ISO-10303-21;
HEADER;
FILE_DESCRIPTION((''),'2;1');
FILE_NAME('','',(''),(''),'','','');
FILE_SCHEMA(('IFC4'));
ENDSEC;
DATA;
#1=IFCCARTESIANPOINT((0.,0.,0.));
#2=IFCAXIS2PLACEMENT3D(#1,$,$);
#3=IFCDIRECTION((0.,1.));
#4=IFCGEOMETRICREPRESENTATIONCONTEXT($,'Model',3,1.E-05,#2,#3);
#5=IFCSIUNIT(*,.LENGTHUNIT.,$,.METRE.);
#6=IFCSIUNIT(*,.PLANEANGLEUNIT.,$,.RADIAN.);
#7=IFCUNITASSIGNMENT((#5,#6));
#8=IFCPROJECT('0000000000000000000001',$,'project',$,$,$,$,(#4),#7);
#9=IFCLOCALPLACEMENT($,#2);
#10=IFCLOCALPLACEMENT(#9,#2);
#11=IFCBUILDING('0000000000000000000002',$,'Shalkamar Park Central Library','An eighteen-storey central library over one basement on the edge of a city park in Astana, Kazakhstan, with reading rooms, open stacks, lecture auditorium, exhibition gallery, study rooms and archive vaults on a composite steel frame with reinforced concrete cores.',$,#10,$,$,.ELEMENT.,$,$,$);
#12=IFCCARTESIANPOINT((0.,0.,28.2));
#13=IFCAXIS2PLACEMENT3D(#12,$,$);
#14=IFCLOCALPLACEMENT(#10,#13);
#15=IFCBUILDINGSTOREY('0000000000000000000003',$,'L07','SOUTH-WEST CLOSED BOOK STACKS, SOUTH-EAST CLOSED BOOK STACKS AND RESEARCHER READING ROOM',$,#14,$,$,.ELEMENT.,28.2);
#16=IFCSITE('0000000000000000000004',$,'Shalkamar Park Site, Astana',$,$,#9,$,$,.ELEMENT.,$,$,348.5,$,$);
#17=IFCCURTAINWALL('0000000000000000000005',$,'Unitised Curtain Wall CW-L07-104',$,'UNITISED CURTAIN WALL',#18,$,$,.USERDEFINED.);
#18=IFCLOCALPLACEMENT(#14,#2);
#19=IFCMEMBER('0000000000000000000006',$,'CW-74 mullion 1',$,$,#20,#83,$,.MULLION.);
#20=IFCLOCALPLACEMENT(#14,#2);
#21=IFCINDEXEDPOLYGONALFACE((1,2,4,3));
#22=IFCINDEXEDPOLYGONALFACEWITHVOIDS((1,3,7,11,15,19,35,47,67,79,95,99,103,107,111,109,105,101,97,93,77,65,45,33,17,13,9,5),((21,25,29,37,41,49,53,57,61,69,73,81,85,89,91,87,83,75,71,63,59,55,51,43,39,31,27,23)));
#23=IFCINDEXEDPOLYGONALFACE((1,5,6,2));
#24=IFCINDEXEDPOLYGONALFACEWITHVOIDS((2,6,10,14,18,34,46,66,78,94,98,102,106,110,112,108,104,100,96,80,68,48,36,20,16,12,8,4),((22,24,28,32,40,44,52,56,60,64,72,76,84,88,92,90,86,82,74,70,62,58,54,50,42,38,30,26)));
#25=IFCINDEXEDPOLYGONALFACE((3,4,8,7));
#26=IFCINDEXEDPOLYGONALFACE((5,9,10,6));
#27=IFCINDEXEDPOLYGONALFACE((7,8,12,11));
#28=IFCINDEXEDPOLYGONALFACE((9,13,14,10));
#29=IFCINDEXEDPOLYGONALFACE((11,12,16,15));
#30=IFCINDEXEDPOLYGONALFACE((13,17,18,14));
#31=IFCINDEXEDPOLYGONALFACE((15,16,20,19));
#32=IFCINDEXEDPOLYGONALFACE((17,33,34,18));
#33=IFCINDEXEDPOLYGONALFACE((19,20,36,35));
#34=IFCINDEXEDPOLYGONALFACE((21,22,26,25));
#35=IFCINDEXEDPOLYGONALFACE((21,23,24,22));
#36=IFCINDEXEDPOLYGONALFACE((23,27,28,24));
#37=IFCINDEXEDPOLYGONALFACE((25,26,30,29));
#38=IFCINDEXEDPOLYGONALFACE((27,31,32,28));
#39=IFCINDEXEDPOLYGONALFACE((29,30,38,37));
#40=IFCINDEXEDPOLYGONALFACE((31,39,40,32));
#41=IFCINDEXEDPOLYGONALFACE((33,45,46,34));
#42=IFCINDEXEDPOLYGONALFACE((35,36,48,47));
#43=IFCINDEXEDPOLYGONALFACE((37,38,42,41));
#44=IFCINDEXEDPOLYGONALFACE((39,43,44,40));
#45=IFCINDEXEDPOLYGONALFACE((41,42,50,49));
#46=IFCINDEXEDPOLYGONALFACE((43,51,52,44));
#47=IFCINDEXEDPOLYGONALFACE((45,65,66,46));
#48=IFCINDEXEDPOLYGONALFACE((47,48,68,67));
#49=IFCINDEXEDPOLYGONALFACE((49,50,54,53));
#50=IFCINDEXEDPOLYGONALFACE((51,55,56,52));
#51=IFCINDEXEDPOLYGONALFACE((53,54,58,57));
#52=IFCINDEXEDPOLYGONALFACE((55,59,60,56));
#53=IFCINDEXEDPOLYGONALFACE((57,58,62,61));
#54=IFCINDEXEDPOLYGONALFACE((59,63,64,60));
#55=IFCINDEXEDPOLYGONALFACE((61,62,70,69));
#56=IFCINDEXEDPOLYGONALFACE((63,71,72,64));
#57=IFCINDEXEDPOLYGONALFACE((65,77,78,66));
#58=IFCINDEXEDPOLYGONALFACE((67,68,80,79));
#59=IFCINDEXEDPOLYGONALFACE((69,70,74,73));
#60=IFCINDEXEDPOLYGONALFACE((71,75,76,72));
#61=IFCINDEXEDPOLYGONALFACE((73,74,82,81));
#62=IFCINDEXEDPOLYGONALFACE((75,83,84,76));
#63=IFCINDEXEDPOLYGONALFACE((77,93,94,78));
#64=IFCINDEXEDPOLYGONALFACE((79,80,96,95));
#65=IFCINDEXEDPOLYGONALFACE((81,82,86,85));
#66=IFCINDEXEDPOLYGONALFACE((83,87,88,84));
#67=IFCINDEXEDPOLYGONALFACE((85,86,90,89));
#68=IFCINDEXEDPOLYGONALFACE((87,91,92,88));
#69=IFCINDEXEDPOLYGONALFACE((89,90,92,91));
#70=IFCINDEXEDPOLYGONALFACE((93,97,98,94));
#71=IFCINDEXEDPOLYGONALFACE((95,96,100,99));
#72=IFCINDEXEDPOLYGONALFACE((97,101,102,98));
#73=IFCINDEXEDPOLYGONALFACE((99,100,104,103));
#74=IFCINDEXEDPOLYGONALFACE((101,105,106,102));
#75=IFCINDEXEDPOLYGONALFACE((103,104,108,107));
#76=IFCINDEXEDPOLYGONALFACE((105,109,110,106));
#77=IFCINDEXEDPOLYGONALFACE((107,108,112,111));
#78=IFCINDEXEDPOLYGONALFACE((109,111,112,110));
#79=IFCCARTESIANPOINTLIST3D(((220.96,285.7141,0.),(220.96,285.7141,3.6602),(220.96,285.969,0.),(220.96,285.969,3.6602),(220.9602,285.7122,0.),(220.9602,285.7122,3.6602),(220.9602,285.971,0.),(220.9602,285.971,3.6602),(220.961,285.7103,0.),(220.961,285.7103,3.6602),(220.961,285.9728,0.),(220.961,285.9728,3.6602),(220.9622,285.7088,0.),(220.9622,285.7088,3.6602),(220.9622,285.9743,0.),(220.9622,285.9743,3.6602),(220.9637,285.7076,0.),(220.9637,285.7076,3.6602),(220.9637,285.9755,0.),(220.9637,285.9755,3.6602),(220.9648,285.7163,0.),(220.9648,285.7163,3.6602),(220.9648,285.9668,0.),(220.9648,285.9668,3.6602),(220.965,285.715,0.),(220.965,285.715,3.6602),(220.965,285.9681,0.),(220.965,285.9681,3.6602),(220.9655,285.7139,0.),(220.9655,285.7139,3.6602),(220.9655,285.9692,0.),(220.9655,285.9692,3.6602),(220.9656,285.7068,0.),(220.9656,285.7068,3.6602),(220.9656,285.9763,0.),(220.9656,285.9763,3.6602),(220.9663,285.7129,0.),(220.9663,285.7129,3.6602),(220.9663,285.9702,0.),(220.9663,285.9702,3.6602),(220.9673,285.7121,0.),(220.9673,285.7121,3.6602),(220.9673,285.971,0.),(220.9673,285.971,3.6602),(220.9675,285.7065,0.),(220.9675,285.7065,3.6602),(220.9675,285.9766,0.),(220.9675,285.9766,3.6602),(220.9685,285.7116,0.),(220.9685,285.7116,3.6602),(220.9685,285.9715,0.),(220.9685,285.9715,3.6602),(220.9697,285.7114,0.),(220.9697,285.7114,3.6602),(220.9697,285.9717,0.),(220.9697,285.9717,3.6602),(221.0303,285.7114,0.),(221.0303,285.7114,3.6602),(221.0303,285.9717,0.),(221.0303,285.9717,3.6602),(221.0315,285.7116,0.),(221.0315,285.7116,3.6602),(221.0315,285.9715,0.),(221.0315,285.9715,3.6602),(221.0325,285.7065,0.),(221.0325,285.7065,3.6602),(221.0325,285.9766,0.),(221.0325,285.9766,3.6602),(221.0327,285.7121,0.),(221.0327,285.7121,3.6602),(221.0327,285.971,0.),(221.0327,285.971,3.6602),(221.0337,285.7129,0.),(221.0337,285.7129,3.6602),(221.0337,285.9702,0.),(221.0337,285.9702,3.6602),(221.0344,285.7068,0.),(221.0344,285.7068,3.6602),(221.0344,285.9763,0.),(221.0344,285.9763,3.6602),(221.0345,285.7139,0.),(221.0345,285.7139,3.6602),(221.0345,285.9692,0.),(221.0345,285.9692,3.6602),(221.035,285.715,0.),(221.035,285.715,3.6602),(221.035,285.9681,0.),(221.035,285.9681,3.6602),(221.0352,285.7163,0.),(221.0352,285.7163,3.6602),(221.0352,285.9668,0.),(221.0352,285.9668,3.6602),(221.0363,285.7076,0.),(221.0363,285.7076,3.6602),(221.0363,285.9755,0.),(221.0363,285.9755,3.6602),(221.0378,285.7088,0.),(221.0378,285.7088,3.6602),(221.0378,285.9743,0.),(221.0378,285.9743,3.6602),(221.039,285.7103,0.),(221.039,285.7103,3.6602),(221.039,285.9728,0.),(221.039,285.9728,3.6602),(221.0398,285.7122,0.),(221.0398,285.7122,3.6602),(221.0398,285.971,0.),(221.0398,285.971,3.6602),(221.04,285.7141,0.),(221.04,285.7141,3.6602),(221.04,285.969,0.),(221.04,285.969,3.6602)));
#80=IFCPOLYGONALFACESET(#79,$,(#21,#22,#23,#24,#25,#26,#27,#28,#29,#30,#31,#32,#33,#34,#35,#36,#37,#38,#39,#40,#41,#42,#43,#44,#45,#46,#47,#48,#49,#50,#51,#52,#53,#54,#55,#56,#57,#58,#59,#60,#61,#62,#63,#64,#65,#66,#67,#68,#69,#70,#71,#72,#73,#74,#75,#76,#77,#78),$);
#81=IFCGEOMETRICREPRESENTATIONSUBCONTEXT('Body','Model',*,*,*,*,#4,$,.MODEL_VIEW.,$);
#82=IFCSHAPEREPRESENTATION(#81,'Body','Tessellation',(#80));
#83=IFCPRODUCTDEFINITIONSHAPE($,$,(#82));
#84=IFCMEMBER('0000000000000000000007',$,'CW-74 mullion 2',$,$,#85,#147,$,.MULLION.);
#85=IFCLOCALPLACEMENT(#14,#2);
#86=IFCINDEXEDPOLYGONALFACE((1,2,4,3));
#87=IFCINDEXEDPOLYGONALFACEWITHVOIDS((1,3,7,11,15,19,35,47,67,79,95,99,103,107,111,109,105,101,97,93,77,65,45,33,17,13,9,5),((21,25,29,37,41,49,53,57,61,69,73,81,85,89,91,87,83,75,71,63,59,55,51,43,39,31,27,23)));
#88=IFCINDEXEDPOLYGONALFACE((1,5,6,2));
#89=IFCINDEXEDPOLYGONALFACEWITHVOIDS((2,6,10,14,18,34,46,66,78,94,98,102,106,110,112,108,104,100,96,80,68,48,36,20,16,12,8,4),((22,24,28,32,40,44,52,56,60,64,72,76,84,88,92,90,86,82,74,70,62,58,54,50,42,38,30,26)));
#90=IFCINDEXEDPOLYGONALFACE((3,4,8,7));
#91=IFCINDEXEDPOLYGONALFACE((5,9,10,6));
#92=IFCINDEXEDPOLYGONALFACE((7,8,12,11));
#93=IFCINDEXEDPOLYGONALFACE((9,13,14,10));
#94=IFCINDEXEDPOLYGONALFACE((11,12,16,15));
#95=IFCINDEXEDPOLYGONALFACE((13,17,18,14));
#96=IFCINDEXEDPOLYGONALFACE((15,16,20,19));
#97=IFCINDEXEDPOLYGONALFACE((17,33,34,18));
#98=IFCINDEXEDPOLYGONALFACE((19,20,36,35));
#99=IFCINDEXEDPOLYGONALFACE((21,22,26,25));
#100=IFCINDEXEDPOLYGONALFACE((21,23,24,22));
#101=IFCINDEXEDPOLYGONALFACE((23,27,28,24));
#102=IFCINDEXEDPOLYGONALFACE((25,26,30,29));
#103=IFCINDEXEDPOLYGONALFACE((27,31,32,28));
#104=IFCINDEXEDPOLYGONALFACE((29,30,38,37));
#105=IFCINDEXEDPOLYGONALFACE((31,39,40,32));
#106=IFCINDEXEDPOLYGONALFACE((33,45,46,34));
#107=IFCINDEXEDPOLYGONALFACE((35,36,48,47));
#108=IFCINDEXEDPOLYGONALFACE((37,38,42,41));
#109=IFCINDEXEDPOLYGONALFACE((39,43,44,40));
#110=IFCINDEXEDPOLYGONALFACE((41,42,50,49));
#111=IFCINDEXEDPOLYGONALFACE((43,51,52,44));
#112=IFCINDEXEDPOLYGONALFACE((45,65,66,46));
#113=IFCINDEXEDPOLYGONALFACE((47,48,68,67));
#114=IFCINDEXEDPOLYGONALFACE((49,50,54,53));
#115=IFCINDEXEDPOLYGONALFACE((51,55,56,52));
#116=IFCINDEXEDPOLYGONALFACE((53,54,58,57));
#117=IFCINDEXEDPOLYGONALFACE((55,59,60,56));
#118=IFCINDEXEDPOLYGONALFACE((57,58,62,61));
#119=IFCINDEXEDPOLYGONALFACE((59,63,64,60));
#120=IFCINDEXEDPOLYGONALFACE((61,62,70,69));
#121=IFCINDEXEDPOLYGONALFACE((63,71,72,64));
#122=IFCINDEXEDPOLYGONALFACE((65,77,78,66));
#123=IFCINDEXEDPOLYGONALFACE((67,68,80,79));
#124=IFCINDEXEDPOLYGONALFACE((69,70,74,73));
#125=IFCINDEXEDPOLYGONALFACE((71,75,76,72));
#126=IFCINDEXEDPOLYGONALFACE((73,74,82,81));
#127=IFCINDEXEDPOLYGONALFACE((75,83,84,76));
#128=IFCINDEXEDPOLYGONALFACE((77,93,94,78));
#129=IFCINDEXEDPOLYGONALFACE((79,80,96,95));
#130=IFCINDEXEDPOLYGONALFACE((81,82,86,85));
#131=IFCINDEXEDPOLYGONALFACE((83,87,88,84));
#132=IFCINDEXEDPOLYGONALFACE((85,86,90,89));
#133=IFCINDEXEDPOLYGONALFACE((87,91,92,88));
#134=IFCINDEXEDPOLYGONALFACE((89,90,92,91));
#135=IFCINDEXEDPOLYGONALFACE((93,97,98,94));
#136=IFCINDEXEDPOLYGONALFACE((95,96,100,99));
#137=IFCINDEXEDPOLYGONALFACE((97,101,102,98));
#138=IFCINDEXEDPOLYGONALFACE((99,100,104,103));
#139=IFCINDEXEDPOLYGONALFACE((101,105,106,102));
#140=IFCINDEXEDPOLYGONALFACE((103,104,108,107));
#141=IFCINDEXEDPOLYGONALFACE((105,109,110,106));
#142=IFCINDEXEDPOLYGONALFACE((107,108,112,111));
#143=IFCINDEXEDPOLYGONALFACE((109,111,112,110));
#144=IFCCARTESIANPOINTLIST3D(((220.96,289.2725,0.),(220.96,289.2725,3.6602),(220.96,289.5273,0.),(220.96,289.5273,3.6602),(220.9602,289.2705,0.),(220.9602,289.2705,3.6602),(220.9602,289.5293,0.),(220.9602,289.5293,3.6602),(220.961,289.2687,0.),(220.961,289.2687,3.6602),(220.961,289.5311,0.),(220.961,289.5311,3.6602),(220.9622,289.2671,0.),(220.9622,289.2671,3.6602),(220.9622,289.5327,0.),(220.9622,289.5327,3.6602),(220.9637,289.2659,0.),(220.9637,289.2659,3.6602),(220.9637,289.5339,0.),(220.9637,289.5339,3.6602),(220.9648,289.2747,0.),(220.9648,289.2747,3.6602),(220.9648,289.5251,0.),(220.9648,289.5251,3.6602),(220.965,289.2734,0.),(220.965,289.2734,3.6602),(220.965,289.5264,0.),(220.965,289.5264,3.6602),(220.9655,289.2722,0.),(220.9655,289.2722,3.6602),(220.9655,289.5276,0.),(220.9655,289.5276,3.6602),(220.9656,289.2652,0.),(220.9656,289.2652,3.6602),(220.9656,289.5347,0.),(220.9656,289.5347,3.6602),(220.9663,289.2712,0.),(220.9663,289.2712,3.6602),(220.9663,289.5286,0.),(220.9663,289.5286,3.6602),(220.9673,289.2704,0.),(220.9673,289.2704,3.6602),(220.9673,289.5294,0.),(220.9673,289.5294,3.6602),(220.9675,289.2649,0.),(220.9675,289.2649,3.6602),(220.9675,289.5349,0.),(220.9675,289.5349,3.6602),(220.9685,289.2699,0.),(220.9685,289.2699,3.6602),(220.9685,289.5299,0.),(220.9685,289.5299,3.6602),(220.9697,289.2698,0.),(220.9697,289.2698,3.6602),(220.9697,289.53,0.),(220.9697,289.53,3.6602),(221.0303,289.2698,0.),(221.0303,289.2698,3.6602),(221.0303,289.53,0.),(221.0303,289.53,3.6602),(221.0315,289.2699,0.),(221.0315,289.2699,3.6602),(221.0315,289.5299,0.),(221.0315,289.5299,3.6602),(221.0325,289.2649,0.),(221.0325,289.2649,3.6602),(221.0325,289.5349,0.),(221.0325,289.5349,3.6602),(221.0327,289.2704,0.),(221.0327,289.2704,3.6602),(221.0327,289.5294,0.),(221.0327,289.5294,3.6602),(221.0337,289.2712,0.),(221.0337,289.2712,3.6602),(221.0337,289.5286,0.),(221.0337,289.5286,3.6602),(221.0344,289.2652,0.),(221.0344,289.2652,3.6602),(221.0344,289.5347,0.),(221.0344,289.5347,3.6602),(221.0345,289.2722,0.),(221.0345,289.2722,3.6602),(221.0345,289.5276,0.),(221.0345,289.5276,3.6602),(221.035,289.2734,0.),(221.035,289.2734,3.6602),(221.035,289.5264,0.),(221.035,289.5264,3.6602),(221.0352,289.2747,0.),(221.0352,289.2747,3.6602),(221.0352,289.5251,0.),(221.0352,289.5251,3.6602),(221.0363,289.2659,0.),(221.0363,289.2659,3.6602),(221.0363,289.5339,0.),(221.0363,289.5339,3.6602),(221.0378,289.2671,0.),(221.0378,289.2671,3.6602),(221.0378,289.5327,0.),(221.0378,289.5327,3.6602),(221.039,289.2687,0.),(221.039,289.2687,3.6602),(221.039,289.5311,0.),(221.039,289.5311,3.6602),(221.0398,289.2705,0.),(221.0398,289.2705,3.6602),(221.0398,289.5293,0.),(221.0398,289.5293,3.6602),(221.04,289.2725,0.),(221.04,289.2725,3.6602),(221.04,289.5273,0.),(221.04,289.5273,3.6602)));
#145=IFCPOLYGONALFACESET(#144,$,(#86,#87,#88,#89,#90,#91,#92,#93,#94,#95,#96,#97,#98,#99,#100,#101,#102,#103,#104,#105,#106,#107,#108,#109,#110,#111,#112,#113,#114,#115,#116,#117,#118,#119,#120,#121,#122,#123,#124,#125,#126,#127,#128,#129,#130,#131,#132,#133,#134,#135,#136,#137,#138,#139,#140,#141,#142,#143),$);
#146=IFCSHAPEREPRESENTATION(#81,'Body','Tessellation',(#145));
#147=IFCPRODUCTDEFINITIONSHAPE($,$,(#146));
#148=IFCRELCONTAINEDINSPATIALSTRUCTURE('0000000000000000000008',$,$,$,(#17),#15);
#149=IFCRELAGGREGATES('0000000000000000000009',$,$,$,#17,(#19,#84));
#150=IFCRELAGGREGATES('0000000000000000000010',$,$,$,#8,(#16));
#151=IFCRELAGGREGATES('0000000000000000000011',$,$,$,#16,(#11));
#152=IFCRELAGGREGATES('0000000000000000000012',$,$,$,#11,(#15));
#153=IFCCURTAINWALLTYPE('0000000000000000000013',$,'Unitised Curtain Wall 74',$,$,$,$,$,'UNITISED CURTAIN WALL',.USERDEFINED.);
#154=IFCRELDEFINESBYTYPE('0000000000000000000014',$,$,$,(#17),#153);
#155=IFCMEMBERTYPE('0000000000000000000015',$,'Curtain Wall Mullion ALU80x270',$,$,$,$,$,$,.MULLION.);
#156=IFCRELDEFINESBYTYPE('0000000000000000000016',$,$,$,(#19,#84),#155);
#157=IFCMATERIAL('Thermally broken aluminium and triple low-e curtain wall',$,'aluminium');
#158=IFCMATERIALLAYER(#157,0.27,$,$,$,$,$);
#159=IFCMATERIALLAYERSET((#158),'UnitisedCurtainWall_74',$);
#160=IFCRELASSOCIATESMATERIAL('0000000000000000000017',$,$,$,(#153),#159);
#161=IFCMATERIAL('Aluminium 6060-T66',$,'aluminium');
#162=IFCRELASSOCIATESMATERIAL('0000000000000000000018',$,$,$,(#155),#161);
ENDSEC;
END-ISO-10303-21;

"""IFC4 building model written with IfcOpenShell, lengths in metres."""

from ifc_helpers import new_model, si_unit, direction, frame, origin, origin_2d, place, context, subcontext, project, spatial, hollow_rectangle, extrude, material, layer, layer_set, material_profile, profile_set, type_object, element, aggregate, save


model = new_model("IFC4")

# Units and contexts
model_context = context("Model", 3, precision=1e-05, world=origin(), true_north=direction((0.0, 1.0)))
body_context = subcontext(model_context, "Body", "Model", "MODEL_VIEW")
ifc_project = project(units=[si_unit("LENGTHUNIT", "METRE"), si_unit("PLANEANGLEUNIT", "RADIAN")], contexts=[model_context])

# Site, building, storey
site_placement = place(None, origin())
site = spatial("IfcSite", under=ifc_project, at=site_placement, Name="Shalkamar Park Site, Astana", CompositionType="ELEMENT", RefElevation=348.5)
building_placement = place(site_placement, origin())
building = spatial("IfcBuilding", under=site, at=building_placement, Name="Shalkamar Park Central Library", Description="An eighteen-storey central library over one basement on the edge of a city park in Astana, Kazakhstan, with reading rooms, open stacks, lecture auditorium, exhibition gallery, study rooms and archive vaults on a composite steel frame with reinforced concrete cores.", CompositionType="ELEMENT")
storey_placement = place(building_placement, frame((0.0, 0.0, 28.2)))
storey = spatial("IfcBuildingStorey", under=building, at=storey_placement, Name="L07", Description="SOUTH-WEST CLOSED BOOK STACKS, SOUTH-EAST CLOSED BOOK STACKS AND RESEARCHER READING ROOM", CompositionType="ELEMENT", Elevation=28.2)

# Curtain wall, members
ifc_material_1 = material(Name="Thermally broken aluminium and triple low-e curtain wall", Category="aluminium")
ifc_layer_1 = layer(ifc_material_1, 0.27)
ifc_layer_set_1 = layer_set([ifc_layer_1], Name="UnitisedCurtainWall_74")
curtain_wall_type = type_object("IfcCurtainWallType", Name="Unitised Curtain Wall 74", ElementType="UNITISED CURTAIN WALL", PredefinedType="USERDEFINED", material=ifc_layer_set_1)
curtain_wall_placement = place(storey_placement, origin())
curtain_wall = element("IfcCurtainWall", 1, at=curtain_wall_placement, inside=storey, type_object=curtain_wall_type, Name="Unitised Curtain Wall CW-L07-104", ObjectType="UNITISED CURTAIN WALL", PredefinedType="USERDEFINED")
ifc_material_2 = material(Name="Aluminium 6060-T66", Category="aluminium")
ifc_material_profile_1 = material_profile(ifc_material_2, hollow_rectangle(XDim=0.0801, YDim=0.27, WallThickness=0.0049, InnerFilletRadius=0.0049, OuterFilletRadius=0.0076, at=origin_2d()), Name="ALU 80x270x5")
ifc_profile_set_1 = profile_set([ifc_material_profile_1], Name="Aluminium 6060-T66")
member_type_1 = type_object("IfcMemberType", Name="Curtain Wall Mullion ALU80x270", PredefinedType="MULLION", material=ifc_profile_set_1)
member_1_placement = place(storey_placement, frame((221.0, 285.8416, 0.0), z_axis=(0.0, 0.0, 1.0), x_axis=(-1.0, 0.0, 0.0)))
member_1 = element("IfcMember", 2, at=member_1_placement, type_object=member_type_1, Name="CW-74 mullion 1", PredefinedType="MULLION", context=body_context, shape_type="SweptSolid", body=[
    extrude(hollow_rectangle(XDim=0.0801, YDim=0.27, WallThickness=0.0049, InnerFilletRadius=0.0049, OuterFilletRadius=0.0076, at=origin_2d()), origin(), (0.0, 0.0, 1.0), 3.6602),
])
member_2_placement = place(storey_placement, frame((221.0, 289.3999, 0.0), z_axis=(0.0, 0.0, 1.0), x_axis=(-1.0, 0.0, 0.0)))
member_2 = element("IfcMember", 3, at=member_2_placement, type_object=member_type_1, Name="CW-74 mullion 2", PredefinedType="MULLION", context=body_context, shape_type="SweptSolid", body=[
    extrude(hollow_rectangle(XDim=0.0801, YDim=0.27, WallThickness=0.0049, InnerFilletRadius=0.0049, OuterFilletRadius=0.0076, at=origin_2d()), origin(), (0.0, 0.0, 1.0), 3.6602),
])

aggregate(curtain_wall, [member_1, member_2])

save(model, "model.ifc")
